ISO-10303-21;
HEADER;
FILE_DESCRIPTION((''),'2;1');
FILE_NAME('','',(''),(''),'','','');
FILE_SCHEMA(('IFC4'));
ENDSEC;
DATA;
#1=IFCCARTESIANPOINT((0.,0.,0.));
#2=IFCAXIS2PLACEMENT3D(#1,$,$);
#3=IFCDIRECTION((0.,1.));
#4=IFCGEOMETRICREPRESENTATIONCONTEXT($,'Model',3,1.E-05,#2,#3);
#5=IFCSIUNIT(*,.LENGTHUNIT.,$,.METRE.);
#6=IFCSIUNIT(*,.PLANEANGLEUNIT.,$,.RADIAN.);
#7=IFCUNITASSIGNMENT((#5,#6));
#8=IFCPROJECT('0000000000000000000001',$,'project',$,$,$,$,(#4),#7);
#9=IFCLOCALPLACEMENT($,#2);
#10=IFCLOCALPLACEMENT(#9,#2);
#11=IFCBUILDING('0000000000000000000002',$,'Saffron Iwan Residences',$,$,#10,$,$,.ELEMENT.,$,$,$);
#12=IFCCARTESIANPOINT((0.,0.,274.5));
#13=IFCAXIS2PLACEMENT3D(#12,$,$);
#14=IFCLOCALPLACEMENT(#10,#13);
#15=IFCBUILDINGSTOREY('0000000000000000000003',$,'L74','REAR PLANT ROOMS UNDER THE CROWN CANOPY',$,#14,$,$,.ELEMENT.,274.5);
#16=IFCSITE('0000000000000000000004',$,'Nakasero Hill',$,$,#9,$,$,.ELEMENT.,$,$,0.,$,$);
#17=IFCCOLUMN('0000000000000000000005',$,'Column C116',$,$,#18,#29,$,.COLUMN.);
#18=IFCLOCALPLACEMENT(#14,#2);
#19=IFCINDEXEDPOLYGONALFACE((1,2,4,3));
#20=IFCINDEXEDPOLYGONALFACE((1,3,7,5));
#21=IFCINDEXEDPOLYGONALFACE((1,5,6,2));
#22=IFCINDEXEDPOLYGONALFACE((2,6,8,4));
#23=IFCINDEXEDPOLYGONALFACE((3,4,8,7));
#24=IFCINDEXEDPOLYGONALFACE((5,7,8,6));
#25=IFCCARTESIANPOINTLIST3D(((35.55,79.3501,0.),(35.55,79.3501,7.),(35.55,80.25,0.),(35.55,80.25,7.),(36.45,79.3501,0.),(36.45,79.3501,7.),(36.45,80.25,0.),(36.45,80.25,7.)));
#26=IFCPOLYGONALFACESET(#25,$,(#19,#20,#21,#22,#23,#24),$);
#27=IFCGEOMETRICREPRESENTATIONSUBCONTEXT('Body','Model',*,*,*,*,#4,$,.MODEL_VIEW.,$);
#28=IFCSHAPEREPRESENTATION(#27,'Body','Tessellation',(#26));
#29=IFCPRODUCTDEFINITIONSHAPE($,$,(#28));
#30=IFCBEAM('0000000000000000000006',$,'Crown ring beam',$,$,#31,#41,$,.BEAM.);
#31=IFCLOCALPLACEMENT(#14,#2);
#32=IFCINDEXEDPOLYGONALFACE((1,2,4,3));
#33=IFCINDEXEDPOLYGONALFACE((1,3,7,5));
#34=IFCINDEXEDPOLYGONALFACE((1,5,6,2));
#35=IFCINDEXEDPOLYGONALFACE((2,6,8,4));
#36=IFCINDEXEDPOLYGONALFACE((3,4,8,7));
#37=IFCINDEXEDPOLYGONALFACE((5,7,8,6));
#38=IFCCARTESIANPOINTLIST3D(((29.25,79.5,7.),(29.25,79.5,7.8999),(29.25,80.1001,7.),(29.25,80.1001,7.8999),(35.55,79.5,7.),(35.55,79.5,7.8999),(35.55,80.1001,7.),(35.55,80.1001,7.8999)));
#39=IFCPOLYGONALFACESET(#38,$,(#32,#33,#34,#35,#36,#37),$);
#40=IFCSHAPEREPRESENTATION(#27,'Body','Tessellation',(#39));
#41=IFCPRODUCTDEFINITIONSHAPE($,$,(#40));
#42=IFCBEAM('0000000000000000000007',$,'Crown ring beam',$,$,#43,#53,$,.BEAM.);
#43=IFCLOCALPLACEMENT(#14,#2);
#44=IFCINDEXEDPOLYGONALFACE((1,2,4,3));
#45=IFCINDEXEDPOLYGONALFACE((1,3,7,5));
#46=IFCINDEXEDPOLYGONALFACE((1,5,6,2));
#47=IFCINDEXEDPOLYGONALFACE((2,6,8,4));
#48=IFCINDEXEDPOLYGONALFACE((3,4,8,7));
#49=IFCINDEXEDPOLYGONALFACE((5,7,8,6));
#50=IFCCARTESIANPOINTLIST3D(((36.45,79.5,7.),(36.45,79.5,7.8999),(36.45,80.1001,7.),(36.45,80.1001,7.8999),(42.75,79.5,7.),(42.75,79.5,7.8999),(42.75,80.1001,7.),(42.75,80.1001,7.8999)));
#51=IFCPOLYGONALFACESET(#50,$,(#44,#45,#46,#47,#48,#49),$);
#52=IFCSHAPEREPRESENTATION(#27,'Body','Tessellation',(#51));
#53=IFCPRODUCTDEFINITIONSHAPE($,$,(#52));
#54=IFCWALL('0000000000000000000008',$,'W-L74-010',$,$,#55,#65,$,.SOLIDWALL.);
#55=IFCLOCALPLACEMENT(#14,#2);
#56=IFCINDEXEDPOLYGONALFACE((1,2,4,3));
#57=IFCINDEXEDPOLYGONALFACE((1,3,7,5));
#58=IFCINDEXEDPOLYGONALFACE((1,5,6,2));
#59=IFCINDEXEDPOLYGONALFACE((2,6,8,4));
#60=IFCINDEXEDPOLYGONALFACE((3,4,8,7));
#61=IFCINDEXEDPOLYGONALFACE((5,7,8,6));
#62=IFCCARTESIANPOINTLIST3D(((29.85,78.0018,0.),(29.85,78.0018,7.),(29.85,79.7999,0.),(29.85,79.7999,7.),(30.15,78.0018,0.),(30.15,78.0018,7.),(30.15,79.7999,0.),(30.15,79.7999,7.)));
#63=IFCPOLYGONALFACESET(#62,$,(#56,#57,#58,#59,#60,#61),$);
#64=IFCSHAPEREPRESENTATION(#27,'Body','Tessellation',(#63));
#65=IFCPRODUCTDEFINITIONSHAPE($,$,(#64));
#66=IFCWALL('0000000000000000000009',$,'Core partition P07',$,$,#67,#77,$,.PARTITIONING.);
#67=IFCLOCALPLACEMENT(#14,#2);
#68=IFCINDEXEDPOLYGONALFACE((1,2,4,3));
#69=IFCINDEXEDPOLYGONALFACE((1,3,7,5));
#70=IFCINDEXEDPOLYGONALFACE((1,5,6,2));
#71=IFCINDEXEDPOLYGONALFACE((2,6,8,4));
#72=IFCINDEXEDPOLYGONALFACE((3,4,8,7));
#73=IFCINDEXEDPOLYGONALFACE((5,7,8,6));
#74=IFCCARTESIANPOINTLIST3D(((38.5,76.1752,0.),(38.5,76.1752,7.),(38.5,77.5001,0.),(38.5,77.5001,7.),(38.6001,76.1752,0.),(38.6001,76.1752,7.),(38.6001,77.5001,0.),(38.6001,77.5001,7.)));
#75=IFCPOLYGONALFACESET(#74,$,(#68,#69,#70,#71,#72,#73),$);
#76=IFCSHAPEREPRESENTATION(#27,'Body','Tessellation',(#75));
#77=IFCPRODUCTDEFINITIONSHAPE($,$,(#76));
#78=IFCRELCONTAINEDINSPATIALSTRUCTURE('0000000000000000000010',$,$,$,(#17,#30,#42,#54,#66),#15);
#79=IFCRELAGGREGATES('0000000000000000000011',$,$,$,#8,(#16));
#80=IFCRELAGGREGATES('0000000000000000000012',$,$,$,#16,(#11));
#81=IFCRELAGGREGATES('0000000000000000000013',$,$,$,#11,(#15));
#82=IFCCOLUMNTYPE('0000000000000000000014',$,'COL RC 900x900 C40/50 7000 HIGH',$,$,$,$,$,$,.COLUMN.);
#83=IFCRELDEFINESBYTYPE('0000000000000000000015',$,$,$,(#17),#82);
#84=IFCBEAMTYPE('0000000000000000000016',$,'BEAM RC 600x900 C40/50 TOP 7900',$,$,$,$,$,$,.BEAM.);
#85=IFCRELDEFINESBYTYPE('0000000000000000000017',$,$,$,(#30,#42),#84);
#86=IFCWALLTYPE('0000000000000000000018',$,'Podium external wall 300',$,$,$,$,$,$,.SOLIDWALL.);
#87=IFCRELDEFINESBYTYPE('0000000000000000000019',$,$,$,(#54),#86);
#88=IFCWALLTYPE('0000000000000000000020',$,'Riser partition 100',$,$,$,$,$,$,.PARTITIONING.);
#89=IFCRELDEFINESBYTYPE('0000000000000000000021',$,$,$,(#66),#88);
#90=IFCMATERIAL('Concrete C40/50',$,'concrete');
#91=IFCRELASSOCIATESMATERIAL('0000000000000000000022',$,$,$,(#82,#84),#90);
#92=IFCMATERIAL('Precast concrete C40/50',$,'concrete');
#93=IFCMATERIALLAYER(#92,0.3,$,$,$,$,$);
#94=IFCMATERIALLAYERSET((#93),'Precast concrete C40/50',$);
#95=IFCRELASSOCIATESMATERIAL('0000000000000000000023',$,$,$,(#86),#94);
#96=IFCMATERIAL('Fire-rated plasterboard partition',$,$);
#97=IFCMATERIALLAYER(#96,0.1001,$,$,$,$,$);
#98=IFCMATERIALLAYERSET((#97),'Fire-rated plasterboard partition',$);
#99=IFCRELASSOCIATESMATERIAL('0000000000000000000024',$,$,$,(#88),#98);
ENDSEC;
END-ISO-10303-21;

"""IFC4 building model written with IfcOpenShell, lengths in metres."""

from ifc_helpers import new_model, si_unit, direction, frame, frame_2d, origin, origin_2d, place, context, subcontext, project, spatial, rectangle, extrude, source, transform, mapped, material, layer, layer_set, material_profile, profile_set, type_object, element, save


model = new_model("IFC4")

# Units and contexts
model_context = context("Model", 3, precision=1e-05, world=origin(), true_north=direction((0.0, 1.0)))
body_context = subcontext(model_context, "Body", "Model", "MODEL_VIEW")
ifc_project = project(units=[si_unit("LENGTHUNIT", "METRE"), si_unit("PLANEANGLEUNIT", "RADIAN")], contexts=[model_context])

# Site, building, storey
site_placement = place(None, origin())
site = spatial("IfcSite", under=ifc_project, at=site_placement, Name="Nakasero Hill", CompositionType="ELEMENT", RefElevation=0.0)
building_placement = place(site_placement, origin())
building = spatial("IfcBuilding", under=site, at=building_placement, Name="Saffron Iwan Residences", CompositionType="ELEMENT")
storey_placement = place(building_placement, frame((0.0, 0.0, 274.5)))
storey = spatial("IfcBuildingStorey", under=building, at=storey_placement, Name="L74", Description="REAR PLANT ROOMS UNDER THE CROWN CANOPY", CompositionType="ELEMENT", Elevation=274.5)

# Column
ifc_material_1 = material(Name="Concrete C40/50", Category="concrete")
ifc_material_profile_1 = material_profile(ifc_material_1, rectangle(XDim=0.8999, YDim=0.8999, at=origin_2d()), Name="RC 900x900")
ifc_profile_set_1 = profile_set([ifc_material_profile_1], Name="Concrete C40/50")
column_type = type_object("IfcColumnType", Name="COL RC 900x900 C40/50 7000 HIGH", PredefinedType="COLUMN", material=ifc_profile_set_1)
shared_shape_1 = source(origin(), body_context, "Body", "SweptSolid", [
    extrude(rectangle(XDim=0.8999, YDim=0.8999, at=origin_2d()), origin(), (0.0, 0.0, 1.0), 7.0),
])
column_placement = place(storey_placement, frame((36.0, 79.8, 0.0), z_axis=(0.0, 0.0, 1.0), x_axis=(1.0, 0.0, 0.0)))
element("IfcColumn", 1, at=column_placement, inside=storey, type_object=column_type, Name="Column C116", PredefinedType="COLUMN", context=body_context, shape_type="MappedRepresentation", body=[
    mapped(shared_shape_1, transform((0.0, 0.0, 0.0))),
])

# Beams
ifc_material_profile_2 = material_profile(ifc_material_1, rectangle(XDim=0.6001, YDim=0.8999, at=origin_2d()), Name="RC 600x900")
ifc_profile_set_2 = profile_set([ifc_material_profile_2], Name="Concrete C40/50")
beam_type = type_object("IfcBeamType", Name="BEAM RC 600x900 C40/50 TOP 7900", PredefinedType="BEAM", material=ifc_profile_set_2)
shared_shape_2 = source(origin(), body_context, "Body", "SweptSolid", [
    extrude(rectangle(XDim=0.6001, YDim=0.8999, at=origin_2d()), origin(), (0.0, 0.0, 1.0), 6.3),
])
for number, where, z_axis, x_axis, name in (
    (2, (29.25, 79.8, 7.45), (1.0, 0.0, 0.0), (0.0, 1.0, 0.0), "Crown ring beam"),
    (3, (36.45, 79.8, 7.45), (1.0, 0.0, 0.0), (0.0, 1.0, 0.0), "Crown ring beam"),
):
    element("IfcBeam", number, at=place(storey_placement, frame(where, z_axis=z_axis, x_axis=x_axis)), inside=storey, type_object=beam_type, Name=name, PredefinedType="BEAM", context=body_context, shape_type="MappedRepresentation", body=[
        mapped(shared_shape_2, transform((0.0, 0.0, 0.0))),
    ])

# Walls
ifc_material_2 = material(Name="Precast concrete C40/50", Category="concrete")
ifc_layer_1 = layer(ifc_material_2, 0.3)
ifc_layer_set_1 = layer_set([ifc_layer_1], Name="Precast concrete C40/50")
wall_type_1 = type_object("IfcWallType", Name="Podium external wall 300", PredefinedType="SOLIDWALL", material=ifc_layer_set_1)
wall_1_placement = place(storey_placement, frame((30.0, 78.002, 0.0), z_axis=(0.0, 0.0, 1.0), x_axis=(0.0, 1.0, 0.0)))
element("IfcWall", 4, at=wall_1_placement, inside=storey, type_object=wall_type_1, Name="W-L74-010", PredefinedType="SOLIDWALL", context=body_context, shape_type="SweptSolid", body=[
    extrude(rectangle(XDim=1.7981, YDim=0.3, at=frame_2d((0.8989, 0.0))), origin(), (0.0, 0.0, 1.0), 7.0),
])
ifc_material_3 = material(Name="Fire-rated plasterboard partition")
ifc_layer_2 = layer(ifc_material_3, 0.1001)
ifc_layer_set_2 = layer_set([ifc_layer_2], Name="Fire-rated plasterboard partition")
wall_type_2 = type_object("IfcWallType", Name="Riser partition 100", PredefinedType="PARTITIONING", material=ifc_layer_set_2)
wall_2_placement = place(storey_placement, frame((38.55, 76.175, 0.0), z_axis=(0.0, 0.0, 1.0), x_axis=(0.0, 1.0, 0.0)))
element("IfcWall", 5, at=wall_2_placement, inside=storey, type_object=wall_type_2, Name="Core partition P07", PredefinedType="PARTITIONING", context=body_context, shape_type="SweptSolid", body=[
    extrude(rectangle(XDim=1.325, YDim=0.1001, at=frame_2d((0.6626, 0.0))), origin(), (0.0, 0.0, 1.0), 7.0),
])

save(model, "model.ifc")
